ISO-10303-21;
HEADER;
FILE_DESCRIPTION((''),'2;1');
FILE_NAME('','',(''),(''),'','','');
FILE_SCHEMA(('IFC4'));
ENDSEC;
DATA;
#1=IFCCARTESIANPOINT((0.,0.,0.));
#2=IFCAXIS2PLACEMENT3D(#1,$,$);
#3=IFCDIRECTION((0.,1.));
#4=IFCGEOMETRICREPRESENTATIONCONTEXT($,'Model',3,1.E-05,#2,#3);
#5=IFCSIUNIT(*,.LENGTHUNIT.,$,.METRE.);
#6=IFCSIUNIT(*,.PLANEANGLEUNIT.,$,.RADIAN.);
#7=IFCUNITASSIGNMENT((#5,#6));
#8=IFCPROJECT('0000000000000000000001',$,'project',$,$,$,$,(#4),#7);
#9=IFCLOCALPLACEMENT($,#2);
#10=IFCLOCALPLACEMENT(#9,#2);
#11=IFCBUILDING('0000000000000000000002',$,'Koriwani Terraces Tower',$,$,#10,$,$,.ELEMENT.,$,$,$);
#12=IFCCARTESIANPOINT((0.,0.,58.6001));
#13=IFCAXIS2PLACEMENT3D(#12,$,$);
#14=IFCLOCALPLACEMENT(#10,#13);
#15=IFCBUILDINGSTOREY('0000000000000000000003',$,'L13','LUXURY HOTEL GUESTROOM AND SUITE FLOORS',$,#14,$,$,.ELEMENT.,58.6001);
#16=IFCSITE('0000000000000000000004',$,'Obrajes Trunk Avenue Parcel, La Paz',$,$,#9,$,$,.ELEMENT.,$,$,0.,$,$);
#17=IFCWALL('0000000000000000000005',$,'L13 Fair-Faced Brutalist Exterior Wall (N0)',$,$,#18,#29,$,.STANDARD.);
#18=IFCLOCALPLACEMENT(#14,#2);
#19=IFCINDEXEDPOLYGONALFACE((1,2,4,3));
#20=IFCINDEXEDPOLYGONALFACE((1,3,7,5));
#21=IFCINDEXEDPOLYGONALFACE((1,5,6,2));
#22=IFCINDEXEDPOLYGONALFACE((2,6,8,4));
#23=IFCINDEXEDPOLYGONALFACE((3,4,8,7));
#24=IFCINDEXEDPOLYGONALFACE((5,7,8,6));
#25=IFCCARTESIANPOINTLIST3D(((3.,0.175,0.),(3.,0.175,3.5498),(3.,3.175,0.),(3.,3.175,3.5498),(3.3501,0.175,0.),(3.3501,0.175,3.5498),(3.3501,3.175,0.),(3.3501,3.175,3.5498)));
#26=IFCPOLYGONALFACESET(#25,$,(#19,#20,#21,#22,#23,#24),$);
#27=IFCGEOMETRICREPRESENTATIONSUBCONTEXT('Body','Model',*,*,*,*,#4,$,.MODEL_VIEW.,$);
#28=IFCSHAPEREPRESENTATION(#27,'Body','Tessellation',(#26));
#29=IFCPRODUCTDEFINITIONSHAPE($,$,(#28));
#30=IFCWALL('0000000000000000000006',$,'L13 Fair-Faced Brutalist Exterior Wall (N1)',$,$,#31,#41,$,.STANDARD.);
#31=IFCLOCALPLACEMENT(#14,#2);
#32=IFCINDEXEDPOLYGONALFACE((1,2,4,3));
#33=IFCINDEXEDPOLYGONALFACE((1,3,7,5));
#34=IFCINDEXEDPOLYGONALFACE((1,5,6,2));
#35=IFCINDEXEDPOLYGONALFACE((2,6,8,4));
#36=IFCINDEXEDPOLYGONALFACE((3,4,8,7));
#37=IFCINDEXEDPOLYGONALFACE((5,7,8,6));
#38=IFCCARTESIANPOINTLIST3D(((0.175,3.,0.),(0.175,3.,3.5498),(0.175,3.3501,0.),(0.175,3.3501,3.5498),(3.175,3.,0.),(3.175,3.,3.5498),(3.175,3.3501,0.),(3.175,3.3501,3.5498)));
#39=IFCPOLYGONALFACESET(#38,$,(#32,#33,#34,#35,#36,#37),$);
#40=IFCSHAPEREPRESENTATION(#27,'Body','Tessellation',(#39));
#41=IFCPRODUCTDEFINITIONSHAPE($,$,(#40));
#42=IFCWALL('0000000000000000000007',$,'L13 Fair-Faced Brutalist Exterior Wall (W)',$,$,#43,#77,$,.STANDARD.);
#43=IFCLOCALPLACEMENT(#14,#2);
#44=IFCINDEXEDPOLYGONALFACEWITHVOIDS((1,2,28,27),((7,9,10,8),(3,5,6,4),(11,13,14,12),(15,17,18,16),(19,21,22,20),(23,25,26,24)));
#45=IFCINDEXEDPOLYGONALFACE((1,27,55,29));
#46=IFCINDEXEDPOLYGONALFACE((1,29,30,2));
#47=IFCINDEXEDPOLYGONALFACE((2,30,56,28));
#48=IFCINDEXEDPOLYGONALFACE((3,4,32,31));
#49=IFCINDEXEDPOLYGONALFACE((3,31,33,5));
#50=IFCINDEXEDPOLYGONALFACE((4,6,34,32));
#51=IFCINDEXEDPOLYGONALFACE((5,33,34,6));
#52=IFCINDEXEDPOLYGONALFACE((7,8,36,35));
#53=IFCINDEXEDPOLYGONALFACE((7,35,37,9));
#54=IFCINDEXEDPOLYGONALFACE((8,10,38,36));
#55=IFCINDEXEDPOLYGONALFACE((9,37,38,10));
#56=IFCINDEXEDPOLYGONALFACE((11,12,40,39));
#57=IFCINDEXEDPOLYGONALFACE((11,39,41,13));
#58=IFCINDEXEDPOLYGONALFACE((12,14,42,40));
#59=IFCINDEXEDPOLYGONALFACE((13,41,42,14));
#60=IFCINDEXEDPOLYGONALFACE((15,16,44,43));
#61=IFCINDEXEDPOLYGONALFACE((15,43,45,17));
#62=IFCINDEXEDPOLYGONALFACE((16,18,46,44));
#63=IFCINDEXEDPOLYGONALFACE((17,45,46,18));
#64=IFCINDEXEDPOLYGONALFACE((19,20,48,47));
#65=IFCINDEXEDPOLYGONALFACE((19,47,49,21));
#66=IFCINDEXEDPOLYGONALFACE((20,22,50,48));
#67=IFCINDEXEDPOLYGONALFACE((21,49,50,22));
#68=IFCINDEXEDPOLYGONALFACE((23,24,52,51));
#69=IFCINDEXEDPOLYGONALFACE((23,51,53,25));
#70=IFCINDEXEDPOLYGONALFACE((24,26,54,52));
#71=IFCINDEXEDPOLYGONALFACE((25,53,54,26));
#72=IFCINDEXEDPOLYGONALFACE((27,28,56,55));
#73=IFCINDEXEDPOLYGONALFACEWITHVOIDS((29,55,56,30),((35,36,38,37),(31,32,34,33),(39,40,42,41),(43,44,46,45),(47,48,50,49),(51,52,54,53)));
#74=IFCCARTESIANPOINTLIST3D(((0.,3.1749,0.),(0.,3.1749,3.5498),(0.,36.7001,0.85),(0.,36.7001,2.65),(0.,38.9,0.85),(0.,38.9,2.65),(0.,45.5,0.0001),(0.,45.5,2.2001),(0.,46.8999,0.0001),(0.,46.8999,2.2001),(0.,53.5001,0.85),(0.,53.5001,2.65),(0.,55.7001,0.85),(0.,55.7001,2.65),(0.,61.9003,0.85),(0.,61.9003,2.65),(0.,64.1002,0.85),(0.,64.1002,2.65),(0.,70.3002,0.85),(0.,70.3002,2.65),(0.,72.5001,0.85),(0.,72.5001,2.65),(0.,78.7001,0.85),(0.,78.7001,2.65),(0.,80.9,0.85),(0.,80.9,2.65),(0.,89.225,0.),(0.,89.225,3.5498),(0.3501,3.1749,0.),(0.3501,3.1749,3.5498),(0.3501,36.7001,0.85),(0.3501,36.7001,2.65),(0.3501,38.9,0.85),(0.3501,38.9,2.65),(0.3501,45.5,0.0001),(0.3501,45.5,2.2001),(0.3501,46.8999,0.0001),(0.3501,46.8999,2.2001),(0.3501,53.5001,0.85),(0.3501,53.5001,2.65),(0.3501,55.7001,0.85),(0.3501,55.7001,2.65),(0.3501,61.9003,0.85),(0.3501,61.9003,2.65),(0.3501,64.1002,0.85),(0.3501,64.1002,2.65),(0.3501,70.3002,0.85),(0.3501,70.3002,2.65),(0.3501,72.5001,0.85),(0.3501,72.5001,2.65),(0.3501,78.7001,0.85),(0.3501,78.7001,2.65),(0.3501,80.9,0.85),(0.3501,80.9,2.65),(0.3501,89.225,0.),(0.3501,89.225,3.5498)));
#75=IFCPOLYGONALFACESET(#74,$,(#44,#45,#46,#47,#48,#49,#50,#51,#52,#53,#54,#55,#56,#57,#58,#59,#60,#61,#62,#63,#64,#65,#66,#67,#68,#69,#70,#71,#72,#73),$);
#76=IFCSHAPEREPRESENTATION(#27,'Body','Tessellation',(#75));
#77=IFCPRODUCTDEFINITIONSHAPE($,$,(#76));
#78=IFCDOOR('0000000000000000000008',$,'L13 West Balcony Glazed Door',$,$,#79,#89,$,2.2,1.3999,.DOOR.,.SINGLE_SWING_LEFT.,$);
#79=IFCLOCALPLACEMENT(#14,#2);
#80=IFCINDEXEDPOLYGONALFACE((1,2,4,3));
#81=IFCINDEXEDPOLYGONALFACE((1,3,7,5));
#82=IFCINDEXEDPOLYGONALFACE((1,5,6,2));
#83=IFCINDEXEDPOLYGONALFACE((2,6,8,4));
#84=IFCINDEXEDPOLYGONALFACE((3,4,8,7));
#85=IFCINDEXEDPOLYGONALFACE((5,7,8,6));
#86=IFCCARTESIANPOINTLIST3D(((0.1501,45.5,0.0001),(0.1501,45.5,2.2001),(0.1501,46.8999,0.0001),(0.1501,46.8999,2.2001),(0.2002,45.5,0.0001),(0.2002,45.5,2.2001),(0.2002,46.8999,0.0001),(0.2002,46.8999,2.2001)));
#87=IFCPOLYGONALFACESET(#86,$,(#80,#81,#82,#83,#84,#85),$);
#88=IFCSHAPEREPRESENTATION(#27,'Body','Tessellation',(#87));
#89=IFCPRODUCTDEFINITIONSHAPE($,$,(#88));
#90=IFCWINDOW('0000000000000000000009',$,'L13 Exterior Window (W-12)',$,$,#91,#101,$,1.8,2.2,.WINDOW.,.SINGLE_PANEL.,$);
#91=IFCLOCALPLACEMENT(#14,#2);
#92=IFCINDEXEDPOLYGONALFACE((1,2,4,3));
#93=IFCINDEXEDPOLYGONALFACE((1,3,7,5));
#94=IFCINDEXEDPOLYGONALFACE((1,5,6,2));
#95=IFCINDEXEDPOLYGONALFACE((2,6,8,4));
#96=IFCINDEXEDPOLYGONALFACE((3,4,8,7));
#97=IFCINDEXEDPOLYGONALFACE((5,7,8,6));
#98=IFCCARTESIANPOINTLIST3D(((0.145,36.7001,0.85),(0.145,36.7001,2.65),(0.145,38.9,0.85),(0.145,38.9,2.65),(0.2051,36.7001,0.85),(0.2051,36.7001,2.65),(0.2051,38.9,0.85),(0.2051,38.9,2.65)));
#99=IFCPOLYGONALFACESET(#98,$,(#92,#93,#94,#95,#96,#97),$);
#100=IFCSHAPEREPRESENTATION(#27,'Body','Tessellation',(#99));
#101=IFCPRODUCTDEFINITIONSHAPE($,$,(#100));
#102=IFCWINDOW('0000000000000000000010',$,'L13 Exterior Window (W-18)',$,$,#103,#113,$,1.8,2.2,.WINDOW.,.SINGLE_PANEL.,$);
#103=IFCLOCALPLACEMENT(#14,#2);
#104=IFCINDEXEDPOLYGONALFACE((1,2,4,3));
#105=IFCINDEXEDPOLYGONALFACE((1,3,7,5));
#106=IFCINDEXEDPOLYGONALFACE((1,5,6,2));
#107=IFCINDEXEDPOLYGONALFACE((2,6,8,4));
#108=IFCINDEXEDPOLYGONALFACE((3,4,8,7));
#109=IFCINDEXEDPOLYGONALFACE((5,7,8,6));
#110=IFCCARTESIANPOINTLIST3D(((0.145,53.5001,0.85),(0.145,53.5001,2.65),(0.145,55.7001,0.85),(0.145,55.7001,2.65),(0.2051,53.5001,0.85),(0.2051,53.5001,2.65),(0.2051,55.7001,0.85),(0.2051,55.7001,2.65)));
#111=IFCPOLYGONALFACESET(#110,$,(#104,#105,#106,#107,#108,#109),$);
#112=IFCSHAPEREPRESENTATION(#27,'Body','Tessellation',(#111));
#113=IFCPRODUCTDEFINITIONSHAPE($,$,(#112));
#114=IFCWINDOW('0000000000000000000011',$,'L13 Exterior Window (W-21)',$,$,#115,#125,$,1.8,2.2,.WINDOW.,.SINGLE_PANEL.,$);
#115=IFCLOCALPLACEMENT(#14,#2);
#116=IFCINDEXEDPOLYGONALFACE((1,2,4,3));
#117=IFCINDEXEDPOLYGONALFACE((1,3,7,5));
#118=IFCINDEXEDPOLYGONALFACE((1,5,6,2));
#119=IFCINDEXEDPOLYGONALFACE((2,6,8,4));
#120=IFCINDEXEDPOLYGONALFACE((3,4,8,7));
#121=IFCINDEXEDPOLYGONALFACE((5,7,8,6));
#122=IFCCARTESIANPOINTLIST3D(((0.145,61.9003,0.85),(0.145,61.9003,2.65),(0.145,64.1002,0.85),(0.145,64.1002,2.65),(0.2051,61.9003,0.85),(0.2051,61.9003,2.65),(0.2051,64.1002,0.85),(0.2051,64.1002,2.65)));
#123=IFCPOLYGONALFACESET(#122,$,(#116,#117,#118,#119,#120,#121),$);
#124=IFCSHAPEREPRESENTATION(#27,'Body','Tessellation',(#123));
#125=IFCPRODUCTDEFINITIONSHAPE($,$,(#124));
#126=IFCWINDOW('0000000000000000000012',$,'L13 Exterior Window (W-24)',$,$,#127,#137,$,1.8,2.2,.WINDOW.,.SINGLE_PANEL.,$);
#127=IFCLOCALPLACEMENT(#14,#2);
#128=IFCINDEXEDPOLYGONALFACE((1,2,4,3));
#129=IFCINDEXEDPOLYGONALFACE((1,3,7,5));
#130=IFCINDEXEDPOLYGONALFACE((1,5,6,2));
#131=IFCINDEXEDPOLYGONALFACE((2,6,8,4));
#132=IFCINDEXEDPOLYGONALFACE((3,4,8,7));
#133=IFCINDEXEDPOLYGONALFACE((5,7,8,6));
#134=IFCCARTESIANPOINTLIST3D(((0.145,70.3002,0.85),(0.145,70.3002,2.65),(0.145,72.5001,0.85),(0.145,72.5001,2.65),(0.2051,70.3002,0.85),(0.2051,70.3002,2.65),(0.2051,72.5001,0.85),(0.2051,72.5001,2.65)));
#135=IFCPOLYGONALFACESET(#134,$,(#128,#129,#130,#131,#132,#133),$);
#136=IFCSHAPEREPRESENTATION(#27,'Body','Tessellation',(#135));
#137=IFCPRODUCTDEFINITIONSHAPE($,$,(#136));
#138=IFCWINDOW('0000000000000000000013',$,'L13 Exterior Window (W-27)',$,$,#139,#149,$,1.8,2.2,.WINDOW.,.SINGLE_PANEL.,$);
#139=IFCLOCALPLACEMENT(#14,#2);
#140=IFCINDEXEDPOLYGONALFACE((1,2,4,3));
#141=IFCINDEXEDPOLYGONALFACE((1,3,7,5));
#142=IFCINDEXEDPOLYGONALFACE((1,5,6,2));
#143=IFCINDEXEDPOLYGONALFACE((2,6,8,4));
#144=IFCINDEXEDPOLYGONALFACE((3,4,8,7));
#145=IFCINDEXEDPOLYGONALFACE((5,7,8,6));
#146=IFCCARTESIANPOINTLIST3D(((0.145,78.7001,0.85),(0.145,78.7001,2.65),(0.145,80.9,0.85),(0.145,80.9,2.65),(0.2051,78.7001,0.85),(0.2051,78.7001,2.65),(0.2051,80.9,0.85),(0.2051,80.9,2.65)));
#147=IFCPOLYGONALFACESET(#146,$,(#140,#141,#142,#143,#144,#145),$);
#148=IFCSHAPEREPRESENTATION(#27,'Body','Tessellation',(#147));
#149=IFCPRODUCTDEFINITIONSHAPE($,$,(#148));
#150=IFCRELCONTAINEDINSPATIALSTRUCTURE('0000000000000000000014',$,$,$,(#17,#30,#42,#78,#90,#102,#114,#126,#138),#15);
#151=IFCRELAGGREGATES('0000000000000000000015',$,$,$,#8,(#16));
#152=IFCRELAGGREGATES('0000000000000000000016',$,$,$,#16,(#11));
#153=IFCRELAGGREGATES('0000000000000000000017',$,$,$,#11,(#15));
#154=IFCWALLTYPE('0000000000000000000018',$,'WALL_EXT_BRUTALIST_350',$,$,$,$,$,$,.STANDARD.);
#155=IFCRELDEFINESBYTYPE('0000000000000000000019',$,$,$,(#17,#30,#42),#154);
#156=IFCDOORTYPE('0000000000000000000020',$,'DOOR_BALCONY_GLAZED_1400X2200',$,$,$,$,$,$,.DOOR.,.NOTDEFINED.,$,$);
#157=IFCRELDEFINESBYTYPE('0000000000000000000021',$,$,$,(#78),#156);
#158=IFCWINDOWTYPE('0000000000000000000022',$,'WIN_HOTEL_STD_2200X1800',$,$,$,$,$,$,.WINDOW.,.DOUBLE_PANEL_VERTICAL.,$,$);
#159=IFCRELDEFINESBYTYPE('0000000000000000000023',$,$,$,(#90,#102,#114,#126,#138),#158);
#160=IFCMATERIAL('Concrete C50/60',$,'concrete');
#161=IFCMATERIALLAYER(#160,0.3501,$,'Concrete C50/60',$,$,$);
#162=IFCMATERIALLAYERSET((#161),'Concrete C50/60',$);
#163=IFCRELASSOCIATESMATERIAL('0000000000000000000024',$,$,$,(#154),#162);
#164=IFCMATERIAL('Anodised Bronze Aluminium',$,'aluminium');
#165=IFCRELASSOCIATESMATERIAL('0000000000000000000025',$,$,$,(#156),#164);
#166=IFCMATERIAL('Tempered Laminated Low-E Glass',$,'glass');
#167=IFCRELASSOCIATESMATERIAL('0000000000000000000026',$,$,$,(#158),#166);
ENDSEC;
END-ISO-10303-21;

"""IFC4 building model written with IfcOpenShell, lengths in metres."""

from ifc_helpers import new_model, si_unit, direction, frame, frame_2d, origin, place, context, subcontext, project, spatial, rectangle, extrude, material, layer, layer_set, type_object, element, fill, save


model = new_model("IFC4")

# Units and contexts
model_context = context("Model", 3, precision=1e-05, world=origin(), true_north=direction((0.0, 1.0)))
body_context = subcontext(model_context, "Body", "Model", "MODEL_VIEW")
ifc_project = project(units=[si_unit("LENGTHUNIT", "METRE"), si_unit("PLANEANGLEUNIT", "RADIAN")], contexts=[model_context])

# Site, building, storey
site_placement = place(None, origin())
site = spatial("IfcSite", under=ifc_project, at=site_placement, Name="Obrajes Trunk Avenue Parcel, La Paz", CompositionType="ELEMENT", RefElevation=0.0)
building_placement = place(site_placement, origin())
building = spatial("IfcBuilding", under=site, at=building_placement, Name="Koriwani Terraces Tower", CompositionType="ELEMENT")
storey_placement = place(building_placement, frame((0.0, 0.0, 58.6001)))
storey = spatial("IfcBuildingStorey", under=building, at=storey_placement, Name="L13", Description="LUXURY HOTEL GUESTROOM AND SUITE FLOORS", CompositionType="ELEMENT", Elevation=58.6001)

# Walls
ifc_material_1 = material(Name="Concrete C50/60", Category="concrete")
ifc_layer_1 = layer(ifc_material_1, 0.3501, Name="Concrete C50/60")
ifc_layer_set_1 = layer_set([ifc_layer_1], Name="Concrete C50/60")
wall_type_1 = type_object("IfcWallType", Name="WALL_EXT_BRUTALIST_350", PredefinedType="STANDARD", material=ifc_layer_set_1)
for number, where, z_axis, x_axis, name in (
    (1, (3.175, 0.175, 0.0), (0.0, 0.0, 1.0), (0.0, 1.0, 0.0), "L13 Fair-Faced Brutalist Exterior Wall (N0)"),
    (2, (3.175, 3.175, 0.0), (0.0, 0.0, 1.0), (-1.0, 0.0, 0.0), "L13 Fair-Faced Brutalist Exterior Wall (N1)"),
):
    element("IfcWall", number, at=place(storey_placement, frame(where, z_axis=z_axis, x_axis=x_axis)), inside=storey, type_object=wall_type_1, Name=name, PredefinedType="STANDARD", context=body_context, shape_type="SweptSolid", body=[
        extrude(rectangle(XDim=3.0, YDim=0.3501, at=frame_2d((1.5, 0.0))), origin(), (0.0, 0.0, 1.0), 3.5498),
    ])

# Wall, openings, door, windows
wall_1_placement = place(storey_placement, frame((0.175, 3.175, 0.0), z_axis=(0.0, 0.0, 1.0), x_axis=(0.0, 1.0, 0.0)))
wall_1 = element("IfcWall", 3, at=wall_1_placement, inside=storey, type_object=wall_type_1, Name="L13 Fair-Faced Brutalist Exterior Wall (W)", PredefinedType="STANDARD", context=body_context, shape_type="SweptSolid", body=[
    extrude(rectangle(XDim=86.05, YDim=0.3501, at=frame_2d((43.0249, 0.0))), origin(), (0.0, 0.0, 1.0), 3.5498),
])
opening_1_placement = place(wall_1_placement, frame((42.325, 0.0, 0.0)))
opening_1 = element("IfcOpeningElement", 4, at=opening_1_placement, cuts=wall_1, PredefinedType="OPENING", context=body_context, shape_type="SweptSolid", body=[
    extrude(rectangle(XDim=1.3999, YDim=2.2, at=frame_2d((0.7, 1.1001))), frame((0.0, 0.1851, 0.0), z_axis=(0.0, -1.0, 0.0), x_axis=(1.0, 0.0, 0.0)), (0.0, 0.0, 1.0), 0.3701),
])
opening_2_placement = place(wall_1_placement, frame((33.5249, 0.0, 0.8501)))
opening_2 = element("IfcOpeningElement", 5, at=opening_2_placement, cuts=wall_1, PredefinedType="OPENING", context=body_context, shape_type="SweptSolid", body=[
    extrude(rectangle(XDim=2.2, YDim=1.8, at=frame_2d((1.1001, 0.8999))), frame((0.0, 0.1851, 0.0), z_axis=(0.0, -1.0, 0.0), x_axis=(1.0, 0.0, 0.0)), (0.0, 0.0, 1.0), 0.3701),
])
opening_3_placement = place(wall_1_placement, frame((50.325, 0.0, 0.8501)))
opening_3 = element("IfcOpeningElement", 6, at=opening_3_placement, cuts=wall_1, PredefinedType="OPENING", context=body_context, shape_type="SweptSolid", body=[
    extrude(rectangle(XDim=2.2, YDim=1.8, at=frame_2d((1.1001, 0.8999))), frame((0.0, 0.1851, 0.0), z_axis=(0.0, -1.0, 0.0), x_axis=(1.0, 0.0, 0.0)), (0.0, 0.0, 1.0), 0.3701),
])
opening_4_placement = place(wall_1_placement, frame((58.7251, 0.0, 0.8501)))
opening_4 = element("IfcOpeningElement", 7, at=opening_4_placement, cuts=wall_1, PredefinedType="OPENING", context=body_context, shape_type="SweptSolid", body=[
    extrude(rectangle(XDim=2.2, YDim=1.8, at=frame_2d((1.1001, 0.8999))), frame((0.0, 0.1851, 0.0), z_axis=(0.0, -1.0, 0.0), x_axis=(1.0, 0.0, 0.0)), (0.0, 0.0, 1.0), 0.3701),
])
opening_5_placement = place(wall_1_placement, frame((67.125, 0.0, 0.8501)))
opening_5 = element("IfcOpeningElement", 8, at=opening_5_placement, cuts=wall_1, PredefinedType="OPENING", context=body_context, shape_type="SweptSolid", body=[
    extrude(rectangle(XDim=2.2, YDim=1.8, at=frame_2d((1.1001, 0.8999))), frame((0.0, 0.1851, 0.0), z_axis=(0.0, -1.0, 0.0), x_axis=(1.0, 0.0, 0.0)), (0.0, 0.0, 1.0), 0.3701),
])
opening_6_placement = place(wall_1_placement, frame((75.5249, 0.0, 0.8501)))
opening_6 = element("IfcOpeningElement", 9, at=opening_6_placement, cuts=wall_1, PredefinedType="OPENING", context=body_context, shape_type="SweptSolid", body=[
    extrude(rectangle(XDim=2.2, YDim=1.8, at=frame_2d((1.1001, 0.8999))), frame((0.0, 0.1851, 0.0), z_axis=(0.0, -1.0, 0.0), x_axis=(1.0, 0.0, 0.0)), (0.0, 0.0, 1.0), 0.3701),
])
ifc_material_2 = material(Name="Anodised Bronze Aluminium", Category="aluminium")
door_type = type_object("IfcDoorType", Name="DOOR_BALCONY_GLAZED_1400X2200", OperationType="NOTDEFINED", PredefinedType="DOOR", material=ifc_material_2)
door_placement = place(opening_1_placement, origin())
door = element("IfcDoor", 10, at=door_placement, inside=storey, type_object=door_type, Name="L13 West Balcony Glazed Door", OperationType="SINGLE_SWING_LEFT", OverallHeight=2.2, OverallWidth=1.3999, PredefinedType="DOOR", context=body_context, shape_type="SweptSolid", body=[
    extrude(rectangle(XDim=1.3999, YDim=2.2, at=frame_2d((0.7, 1.1001))), frame((0.0, 0.0249, 0.0), z_axis=(0.0, -1.0, 0.0), x_axis=(1.0, 0.0, 0.0)), (0.0, 0.0, 1.0), 0.05),
])
fill(opening_1, door)
ifc_material_3 = material(Name="Tempered Laminated Low-E Glass", Category="glass")
window_type = type_object("IfcWindowType", Name="WIN_HOTEL_STD_2200X1800", PartitioningType="DOUBLE_PANEL_VERTICAL", PredefinedType="WINDOW", material=ifc_material_3)
window_1_placement = place(opening_2_placement, origin())
window_1 = element("IfcWindow", 11, at=window_1_placement, inside=storey, type_object=window_type, Name="L13 Exterior Window (W-12)", OverallHeight=1.8, OverallWidth=2.2, PartitioningType="SINGLE_PANEL", PredefinedType="WINDOW", context=body_context, shape_type="SweptSolid", body=[
    extrude(rectangle(XDim=2.2, YDim=1.8, at=frame_2d((1.1001, 0.8999))), frame((0.0, 0.03, 0.0), z_axis=(0.0, -1.0, 0.0), x_axis=(1.0, 0.0, 0.0)), (0.0, 0.0, 1.0), 0.0601),
])
fill(opening_2, window_1)
window_2_placement = place(opening_3_placement, origin())
window_2 = element("IfcWindow", 12, at=window_2_placement, inside=storey, type_object=window_type, Name="L13 Exterior Window (W-18)", OverallHeight=1.8, OverallWidth=2.2, PartitioningType="SINGLE_PANEL", PredefinedType="WINDOW", context=body_context, shape_type="SweptSolid", body=[
    extrude(rectangle(XDim=2.2, YDim=1.8, at=frame_2d((1.1001, 0.8999))), frame((0.0, 0.03, 0.0), z_axis=(0.0, -1.0, 0.0), x_axis=(1.0, 0.0, 0.0)), (0.0, 0.0, 1.0), 0.0601),
])
fill(opening_3, window_2)
window_3_placement = place(opening_4_placement, origin())
window_3 = element("IfcWindow", 13, at=window_3_placement, inside=storey, type_object=window_type, Name="L13 Exterior Window (W-21)", OverallHeight=1.8, OverallWidth=2.2, PartitioningType="SINGLE_PANEL", PredefinedType="WINDOW", context=body_context, shape_type="SweptSolid", body=[
    extrude(rectangle(XDim=2.2, YDim=1.8, at=frame_2d((1.1001, 0.8999))), frame((0.0, 0.03, 0.0), z_axis=(0.0, -1.0, 0.0), x_axis=(1.0, 0.0, 0.0)), (0.0, 0.0, 1.0), 0.0601),
])
fill(opening_4, window_3)
window_4_placement = place(opening_5_placement, origin())
window_4 = element("IfcWindow", 14, at=window_4_placement, inside=storey, type_object=window_type, Name="L13 Exterior Window (W-24)", OverallHeight=1.8, OverallWidth=2.2, PartitioningType="SINGLE_PANEL", PredefinedType="WINDOW", context=body_context, shape_type="SweptSolid", body=[
    extrude(rectangle(XDim=2.2, YDim=1.8, at=frame_2d((1.1001, 0.8999))), frame((0.0, 0.03, 0.0), z_axis=(0.0, -1.0, 0.0), x_axis=(1.0, 0.0, 0.0)), (0.0, 0.0, 1.0), 0.0601),
])
fill(opening_5, window_4)
window_5_placement = place(opening_6_placement, origin())
window_5 = element("IfcWindow", 15, at=window_5_placement, inside=storey, type_object=window_type, Name="L13 Exterior Window (W-27)", OverallHeight=1.8, OverallWidth=2.2, PartitioningType="SINGLE_PANEL", PredefinedType="WINDOW", context=body_context, shape_type="SweptSolid", body=[
    extrude(rectangle(XDim=2.2, YDim=1.8, at=frame_2d((1.1001, 0.8999))), frame((0.0, 0.03, 0.0), z_axis=(0.0, -1.0, 0.0), x_axis=(1.0, 0.0, 0.0)), (0.0, 0.0, 1.0), 0.0601),
])
fill(opening_6, window_5)

save(model, "model.ifc")
